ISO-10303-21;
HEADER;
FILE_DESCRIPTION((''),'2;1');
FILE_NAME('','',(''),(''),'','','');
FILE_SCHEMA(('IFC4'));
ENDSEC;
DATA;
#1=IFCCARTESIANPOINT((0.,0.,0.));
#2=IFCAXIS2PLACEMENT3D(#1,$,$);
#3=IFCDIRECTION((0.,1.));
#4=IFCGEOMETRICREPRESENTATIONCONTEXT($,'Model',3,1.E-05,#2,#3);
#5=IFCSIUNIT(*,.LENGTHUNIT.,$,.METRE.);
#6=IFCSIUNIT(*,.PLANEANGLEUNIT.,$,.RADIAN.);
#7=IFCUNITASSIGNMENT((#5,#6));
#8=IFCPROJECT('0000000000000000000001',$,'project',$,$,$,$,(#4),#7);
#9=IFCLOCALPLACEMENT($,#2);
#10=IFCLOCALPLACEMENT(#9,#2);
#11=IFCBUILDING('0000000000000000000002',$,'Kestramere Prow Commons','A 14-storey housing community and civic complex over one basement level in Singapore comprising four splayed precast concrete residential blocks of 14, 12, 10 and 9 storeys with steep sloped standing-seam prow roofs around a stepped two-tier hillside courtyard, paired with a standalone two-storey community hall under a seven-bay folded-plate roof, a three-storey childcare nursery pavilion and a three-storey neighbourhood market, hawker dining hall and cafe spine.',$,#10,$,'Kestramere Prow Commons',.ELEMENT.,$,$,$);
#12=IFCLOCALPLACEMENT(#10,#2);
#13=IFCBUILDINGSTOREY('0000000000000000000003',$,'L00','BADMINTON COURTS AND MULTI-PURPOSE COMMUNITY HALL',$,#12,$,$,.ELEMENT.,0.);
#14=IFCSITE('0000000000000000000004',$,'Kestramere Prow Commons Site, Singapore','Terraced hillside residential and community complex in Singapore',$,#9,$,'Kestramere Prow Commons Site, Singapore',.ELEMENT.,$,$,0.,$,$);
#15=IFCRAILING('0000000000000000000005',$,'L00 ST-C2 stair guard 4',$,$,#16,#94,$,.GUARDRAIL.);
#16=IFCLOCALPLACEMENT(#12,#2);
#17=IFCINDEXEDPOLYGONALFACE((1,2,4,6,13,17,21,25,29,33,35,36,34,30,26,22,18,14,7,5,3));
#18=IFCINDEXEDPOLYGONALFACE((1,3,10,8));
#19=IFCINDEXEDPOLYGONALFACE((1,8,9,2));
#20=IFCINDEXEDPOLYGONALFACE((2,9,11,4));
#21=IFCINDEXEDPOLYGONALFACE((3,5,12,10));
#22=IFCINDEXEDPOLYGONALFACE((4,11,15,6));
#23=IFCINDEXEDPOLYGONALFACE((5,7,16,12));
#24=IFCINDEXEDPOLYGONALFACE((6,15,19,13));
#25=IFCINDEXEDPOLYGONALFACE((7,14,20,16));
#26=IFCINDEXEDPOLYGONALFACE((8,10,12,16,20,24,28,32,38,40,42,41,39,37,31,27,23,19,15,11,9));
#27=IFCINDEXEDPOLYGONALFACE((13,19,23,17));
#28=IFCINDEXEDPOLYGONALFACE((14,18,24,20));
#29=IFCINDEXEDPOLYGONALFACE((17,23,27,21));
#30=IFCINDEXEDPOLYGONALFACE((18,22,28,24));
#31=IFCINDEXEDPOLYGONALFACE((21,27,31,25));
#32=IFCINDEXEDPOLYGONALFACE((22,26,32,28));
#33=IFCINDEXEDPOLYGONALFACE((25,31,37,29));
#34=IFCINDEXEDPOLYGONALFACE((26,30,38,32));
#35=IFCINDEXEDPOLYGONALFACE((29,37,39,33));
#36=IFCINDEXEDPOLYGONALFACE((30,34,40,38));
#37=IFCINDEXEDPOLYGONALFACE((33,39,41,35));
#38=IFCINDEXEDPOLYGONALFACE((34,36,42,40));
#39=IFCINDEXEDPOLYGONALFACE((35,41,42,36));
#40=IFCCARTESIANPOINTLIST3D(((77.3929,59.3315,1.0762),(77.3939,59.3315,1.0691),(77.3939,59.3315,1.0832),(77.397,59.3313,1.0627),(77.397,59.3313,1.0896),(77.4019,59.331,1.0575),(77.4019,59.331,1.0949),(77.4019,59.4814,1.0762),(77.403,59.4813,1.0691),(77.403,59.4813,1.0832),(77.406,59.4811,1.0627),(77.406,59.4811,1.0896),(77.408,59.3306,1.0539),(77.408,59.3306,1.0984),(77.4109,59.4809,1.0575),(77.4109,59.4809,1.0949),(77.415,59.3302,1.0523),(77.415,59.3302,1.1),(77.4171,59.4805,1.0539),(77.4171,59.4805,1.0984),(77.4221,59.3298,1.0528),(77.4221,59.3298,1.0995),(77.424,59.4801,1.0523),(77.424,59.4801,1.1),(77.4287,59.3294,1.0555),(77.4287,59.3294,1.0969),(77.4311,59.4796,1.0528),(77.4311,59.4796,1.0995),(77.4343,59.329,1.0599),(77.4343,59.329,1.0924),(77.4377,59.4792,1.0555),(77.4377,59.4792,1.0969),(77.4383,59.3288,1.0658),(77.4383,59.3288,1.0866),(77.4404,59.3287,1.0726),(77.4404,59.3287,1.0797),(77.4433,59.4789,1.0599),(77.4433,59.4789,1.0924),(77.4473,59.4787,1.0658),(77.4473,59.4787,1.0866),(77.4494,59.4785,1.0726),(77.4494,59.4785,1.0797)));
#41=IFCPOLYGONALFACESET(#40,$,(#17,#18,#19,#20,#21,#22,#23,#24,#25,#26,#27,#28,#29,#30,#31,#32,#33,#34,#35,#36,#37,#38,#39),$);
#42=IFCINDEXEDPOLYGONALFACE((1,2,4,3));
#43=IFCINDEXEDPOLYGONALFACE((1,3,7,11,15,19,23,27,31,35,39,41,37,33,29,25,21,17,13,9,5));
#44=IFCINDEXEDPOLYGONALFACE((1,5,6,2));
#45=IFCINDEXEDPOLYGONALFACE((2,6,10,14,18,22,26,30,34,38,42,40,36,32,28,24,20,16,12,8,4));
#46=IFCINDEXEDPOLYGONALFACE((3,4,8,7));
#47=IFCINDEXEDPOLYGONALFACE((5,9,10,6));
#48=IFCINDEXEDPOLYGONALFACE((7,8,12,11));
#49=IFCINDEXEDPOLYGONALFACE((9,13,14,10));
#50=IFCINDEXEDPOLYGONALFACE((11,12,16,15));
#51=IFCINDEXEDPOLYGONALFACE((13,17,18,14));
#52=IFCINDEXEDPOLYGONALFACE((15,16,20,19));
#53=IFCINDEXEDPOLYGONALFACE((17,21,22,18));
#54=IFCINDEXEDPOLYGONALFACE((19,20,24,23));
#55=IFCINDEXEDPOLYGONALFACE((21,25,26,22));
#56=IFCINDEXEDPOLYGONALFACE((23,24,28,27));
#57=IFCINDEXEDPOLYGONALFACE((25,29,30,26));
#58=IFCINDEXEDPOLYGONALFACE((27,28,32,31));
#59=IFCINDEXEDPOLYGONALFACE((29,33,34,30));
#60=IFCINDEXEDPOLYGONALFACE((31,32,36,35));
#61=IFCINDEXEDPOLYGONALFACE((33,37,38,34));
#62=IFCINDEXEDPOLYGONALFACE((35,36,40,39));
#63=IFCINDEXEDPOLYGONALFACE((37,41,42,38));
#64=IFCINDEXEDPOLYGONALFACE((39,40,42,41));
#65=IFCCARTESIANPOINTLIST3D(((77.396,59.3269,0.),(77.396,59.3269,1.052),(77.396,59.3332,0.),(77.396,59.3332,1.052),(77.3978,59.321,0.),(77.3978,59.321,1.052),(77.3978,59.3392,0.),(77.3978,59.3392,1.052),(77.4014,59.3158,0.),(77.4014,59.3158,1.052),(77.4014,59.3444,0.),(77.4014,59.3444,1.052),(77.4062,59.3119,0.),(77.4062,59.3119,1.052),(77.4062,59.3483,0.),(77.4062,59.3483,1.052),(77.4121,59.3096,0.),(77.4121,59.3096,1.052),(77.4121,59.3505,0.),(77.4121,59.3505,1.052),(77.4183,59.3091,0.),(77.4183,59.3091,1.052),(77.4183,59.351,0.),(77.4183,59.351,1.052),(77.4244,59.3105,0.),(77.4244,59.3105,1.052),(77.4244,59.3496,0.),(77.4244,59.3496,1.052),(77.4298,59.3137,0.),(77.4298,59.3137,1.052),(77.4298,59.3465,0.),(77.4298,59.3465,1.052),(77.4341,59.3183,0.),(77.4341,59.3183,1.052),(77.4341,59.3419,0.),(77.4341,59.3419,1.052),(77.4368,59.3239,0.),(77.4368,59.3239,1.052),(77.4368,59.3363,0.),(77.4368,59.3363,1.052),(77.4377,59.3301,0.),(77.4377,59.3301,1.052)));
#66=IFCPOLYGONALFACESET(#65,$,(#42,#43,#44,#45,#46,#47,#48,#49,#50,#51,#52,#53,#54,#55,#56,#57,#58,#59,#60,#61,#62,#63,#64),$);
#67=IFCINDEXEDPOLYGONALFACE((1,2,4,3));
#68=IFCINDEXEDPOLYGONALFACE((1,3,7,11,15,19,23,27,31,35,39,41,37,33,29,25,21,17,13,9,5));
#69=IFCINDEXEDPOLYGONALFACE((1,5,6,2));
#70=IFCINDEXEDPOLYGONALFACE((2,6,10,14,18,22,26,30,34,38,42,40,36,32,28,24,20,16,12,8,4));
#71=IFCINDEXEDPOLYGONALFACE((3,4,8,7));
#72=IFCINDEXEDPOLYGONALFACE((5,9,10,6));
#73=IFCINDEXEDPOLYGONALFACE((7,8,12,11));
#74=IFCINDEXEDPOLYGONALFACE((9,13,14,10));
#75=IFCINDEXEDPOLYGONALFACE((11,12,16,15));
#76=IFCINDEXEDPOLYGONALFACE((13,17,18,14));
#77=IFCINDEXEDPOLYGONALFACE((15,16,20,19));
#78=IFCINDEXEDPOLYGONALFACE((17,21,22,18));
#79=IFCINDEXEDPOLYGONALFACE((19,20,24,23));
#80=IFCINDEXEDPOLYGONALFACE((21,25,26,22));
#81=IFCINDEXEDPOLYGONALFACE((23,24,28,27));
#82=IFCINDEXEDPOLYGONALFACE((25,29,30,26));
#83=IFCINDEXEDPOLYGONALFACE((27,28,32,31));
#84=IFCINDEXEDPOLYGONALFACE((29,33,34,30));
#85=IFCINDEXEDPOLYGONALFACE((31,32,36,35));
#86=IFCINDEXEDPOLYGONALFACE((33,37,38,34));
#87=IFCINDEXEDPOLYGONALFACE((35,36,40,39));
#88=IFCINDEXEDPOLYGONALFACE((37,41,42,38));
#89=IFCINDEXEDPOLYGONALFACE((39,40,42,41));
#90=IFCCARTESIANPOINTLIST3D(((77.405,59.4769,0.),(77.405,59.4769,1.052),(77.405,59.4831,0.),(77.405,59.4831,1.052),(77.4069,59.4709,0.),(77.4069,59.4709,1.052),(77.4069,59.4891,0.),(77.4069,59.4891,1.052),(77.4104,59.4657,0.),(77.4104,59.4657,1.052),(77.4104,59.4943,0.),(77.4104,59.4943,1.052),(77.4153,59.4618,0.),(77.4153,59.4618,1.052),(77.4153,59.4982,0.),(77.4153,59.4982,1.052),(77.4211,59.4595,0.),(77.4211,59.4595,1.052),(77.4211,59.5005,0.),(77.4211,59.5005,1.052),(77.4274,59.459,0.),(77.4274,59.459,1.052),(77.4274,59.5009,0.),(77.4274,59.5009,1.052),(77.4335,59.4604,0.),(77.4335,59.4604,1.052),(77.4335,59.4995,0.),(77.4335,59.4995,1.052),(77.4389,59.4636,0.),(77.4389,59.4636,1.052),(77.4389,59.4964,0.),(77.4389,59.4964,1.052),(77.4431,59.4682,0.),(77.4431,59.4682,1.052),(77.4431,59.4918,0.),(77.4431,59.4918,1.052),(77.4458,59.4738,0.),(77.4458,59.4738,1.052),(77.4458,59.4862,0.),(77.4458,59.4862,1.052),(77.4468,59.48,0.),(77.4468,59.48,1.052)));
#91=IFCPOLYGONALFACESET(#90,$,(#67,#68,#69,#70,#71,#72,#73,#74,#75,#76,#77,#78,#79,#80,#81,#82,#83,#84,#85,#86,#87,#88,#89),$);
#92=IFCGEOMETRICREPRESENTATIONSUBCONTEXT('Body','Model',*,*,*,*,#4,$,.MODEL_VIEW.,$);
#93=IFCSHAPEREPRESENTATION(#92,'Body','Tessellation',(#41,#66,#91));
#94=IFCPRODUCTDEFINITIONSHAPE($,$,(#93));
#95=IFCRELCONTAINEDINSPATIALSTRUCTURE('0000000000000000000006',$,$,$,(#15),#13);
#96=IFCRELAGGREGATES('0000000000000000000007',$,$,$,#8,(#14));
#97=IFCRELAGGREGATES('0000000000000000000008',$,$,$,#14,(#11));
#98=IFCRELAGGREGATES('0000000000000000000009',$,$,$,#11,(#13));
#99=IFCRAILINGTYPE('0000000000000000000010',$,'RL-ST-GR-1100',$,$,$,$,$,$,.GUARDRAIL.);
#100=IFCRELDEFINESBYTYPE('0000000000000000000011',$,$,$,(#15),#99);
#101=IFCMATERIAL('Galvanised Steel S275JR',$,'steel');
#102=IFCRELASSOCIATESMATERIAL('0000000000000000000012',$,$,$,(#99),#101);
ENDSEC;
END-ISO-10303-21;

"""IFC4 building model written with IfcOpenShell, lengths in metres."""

from ifc_helpers import new_model, si_unit, direction, frame, origin, origin_2d, place, context, subcontext, project, spatial, circle, extrude, material, type_object, element, save


model = new_model("IFC4")

# Units and contexts
model_context = context("Model", 3, precision=1e-05, world=origin(), true_north=direction((0.0, 1.0)))
body_context = subcontext(model_context, "Body", "Model", "MODEL_VIEW")
ifc_project = project(units=[si_unit("LENGTHUNIT", "METRE"), si_unit("PLANEANGLEUNIT", "RADIAN")], contexts=[model_context])

# Site, building, storey
site_placement = place(None, origin())
site = spatial("IfcSite", under=ifc_project, at=site_placement, Name="Kestramere Prow Commons Site, Singapore", Description="Terraced hillside residential and community complex in Singapore", LongName="Kestramere Prow Commons Site, Singapore", CompositionType="ELEMENT", RefElevation=0.0)
building_placement = place(site_placement, origin())
building = spatial("IfcBuilding", under=site, at=building_placement, Name="Kestramere Prow Commons", Description="A 14-storey housing community and civic complex over one basement level in Singapore comprising four splayed precast concrete residential blocks of 14, 12, 10 and 9 storeys with steep sloped standing-seam prow roofs around a stepped two-tier hillside courtyard, paired with a standalone two-storey community hall under a seven-bay folded-plate roof, a three-storey childcare nursery pavilion and a three-storey neighbourhood market, hawker dining hall and cafe spine.", LongName="Kestramere Prow Commons", CompositionType="ELEMENT")
storey_placement = place(building_placement, origin())
storey = spatial("IfcBuildingStorey", under=building, at=storey_placement, Name="L00", Description="BADMINTON COURTS AND MULTI-PURPOSE COMMUNITY HALL", CompositionType="ELEMENT", Elevation=0.0)

# Railing
ifc_material_1 = material(Name="Galvanised Steel S275JR", Category="steel")
railing_type_1 = type_object("IfcRailingType", Name="RL-ST-GR-1100", PredefinedType="GUARDRAIL", material=ifc_material_1)
railing_1_placement = place(storey_placement, frame((77.4167, 59.3301, 0.0)))
element("IfcRailing", 1, at=railing_1_placement, inside=storey, type_object=railing_type_1, Name="L00 ST-C2 stair guard 4", PredefinedType="GUARDRAIL", context=body_context, shape_type="SweptSolid", body=[
    extrude(circle(Radius=0.0239, at=origin_2d()), frame((0.0, 0.0, 1.0762), z_axis=(0.060151, 0.998189, 0.0), x_axis=(-0.998189, 0.060151, 0.0)), (0.0, 0.0, 1.0), 0.1501),
    extrude(circle(Radius=0.021, at=origin_2d()), origin(), (0.0, 0.0, 1.0), 1.052),
    extrude(circle(Radius=0.021, at=origin_2d()), frame((0.009, 0.1499, 0.0)), (0.0, 0.0, 1.0), 1.052),
])

save(model, "model.ifc")
